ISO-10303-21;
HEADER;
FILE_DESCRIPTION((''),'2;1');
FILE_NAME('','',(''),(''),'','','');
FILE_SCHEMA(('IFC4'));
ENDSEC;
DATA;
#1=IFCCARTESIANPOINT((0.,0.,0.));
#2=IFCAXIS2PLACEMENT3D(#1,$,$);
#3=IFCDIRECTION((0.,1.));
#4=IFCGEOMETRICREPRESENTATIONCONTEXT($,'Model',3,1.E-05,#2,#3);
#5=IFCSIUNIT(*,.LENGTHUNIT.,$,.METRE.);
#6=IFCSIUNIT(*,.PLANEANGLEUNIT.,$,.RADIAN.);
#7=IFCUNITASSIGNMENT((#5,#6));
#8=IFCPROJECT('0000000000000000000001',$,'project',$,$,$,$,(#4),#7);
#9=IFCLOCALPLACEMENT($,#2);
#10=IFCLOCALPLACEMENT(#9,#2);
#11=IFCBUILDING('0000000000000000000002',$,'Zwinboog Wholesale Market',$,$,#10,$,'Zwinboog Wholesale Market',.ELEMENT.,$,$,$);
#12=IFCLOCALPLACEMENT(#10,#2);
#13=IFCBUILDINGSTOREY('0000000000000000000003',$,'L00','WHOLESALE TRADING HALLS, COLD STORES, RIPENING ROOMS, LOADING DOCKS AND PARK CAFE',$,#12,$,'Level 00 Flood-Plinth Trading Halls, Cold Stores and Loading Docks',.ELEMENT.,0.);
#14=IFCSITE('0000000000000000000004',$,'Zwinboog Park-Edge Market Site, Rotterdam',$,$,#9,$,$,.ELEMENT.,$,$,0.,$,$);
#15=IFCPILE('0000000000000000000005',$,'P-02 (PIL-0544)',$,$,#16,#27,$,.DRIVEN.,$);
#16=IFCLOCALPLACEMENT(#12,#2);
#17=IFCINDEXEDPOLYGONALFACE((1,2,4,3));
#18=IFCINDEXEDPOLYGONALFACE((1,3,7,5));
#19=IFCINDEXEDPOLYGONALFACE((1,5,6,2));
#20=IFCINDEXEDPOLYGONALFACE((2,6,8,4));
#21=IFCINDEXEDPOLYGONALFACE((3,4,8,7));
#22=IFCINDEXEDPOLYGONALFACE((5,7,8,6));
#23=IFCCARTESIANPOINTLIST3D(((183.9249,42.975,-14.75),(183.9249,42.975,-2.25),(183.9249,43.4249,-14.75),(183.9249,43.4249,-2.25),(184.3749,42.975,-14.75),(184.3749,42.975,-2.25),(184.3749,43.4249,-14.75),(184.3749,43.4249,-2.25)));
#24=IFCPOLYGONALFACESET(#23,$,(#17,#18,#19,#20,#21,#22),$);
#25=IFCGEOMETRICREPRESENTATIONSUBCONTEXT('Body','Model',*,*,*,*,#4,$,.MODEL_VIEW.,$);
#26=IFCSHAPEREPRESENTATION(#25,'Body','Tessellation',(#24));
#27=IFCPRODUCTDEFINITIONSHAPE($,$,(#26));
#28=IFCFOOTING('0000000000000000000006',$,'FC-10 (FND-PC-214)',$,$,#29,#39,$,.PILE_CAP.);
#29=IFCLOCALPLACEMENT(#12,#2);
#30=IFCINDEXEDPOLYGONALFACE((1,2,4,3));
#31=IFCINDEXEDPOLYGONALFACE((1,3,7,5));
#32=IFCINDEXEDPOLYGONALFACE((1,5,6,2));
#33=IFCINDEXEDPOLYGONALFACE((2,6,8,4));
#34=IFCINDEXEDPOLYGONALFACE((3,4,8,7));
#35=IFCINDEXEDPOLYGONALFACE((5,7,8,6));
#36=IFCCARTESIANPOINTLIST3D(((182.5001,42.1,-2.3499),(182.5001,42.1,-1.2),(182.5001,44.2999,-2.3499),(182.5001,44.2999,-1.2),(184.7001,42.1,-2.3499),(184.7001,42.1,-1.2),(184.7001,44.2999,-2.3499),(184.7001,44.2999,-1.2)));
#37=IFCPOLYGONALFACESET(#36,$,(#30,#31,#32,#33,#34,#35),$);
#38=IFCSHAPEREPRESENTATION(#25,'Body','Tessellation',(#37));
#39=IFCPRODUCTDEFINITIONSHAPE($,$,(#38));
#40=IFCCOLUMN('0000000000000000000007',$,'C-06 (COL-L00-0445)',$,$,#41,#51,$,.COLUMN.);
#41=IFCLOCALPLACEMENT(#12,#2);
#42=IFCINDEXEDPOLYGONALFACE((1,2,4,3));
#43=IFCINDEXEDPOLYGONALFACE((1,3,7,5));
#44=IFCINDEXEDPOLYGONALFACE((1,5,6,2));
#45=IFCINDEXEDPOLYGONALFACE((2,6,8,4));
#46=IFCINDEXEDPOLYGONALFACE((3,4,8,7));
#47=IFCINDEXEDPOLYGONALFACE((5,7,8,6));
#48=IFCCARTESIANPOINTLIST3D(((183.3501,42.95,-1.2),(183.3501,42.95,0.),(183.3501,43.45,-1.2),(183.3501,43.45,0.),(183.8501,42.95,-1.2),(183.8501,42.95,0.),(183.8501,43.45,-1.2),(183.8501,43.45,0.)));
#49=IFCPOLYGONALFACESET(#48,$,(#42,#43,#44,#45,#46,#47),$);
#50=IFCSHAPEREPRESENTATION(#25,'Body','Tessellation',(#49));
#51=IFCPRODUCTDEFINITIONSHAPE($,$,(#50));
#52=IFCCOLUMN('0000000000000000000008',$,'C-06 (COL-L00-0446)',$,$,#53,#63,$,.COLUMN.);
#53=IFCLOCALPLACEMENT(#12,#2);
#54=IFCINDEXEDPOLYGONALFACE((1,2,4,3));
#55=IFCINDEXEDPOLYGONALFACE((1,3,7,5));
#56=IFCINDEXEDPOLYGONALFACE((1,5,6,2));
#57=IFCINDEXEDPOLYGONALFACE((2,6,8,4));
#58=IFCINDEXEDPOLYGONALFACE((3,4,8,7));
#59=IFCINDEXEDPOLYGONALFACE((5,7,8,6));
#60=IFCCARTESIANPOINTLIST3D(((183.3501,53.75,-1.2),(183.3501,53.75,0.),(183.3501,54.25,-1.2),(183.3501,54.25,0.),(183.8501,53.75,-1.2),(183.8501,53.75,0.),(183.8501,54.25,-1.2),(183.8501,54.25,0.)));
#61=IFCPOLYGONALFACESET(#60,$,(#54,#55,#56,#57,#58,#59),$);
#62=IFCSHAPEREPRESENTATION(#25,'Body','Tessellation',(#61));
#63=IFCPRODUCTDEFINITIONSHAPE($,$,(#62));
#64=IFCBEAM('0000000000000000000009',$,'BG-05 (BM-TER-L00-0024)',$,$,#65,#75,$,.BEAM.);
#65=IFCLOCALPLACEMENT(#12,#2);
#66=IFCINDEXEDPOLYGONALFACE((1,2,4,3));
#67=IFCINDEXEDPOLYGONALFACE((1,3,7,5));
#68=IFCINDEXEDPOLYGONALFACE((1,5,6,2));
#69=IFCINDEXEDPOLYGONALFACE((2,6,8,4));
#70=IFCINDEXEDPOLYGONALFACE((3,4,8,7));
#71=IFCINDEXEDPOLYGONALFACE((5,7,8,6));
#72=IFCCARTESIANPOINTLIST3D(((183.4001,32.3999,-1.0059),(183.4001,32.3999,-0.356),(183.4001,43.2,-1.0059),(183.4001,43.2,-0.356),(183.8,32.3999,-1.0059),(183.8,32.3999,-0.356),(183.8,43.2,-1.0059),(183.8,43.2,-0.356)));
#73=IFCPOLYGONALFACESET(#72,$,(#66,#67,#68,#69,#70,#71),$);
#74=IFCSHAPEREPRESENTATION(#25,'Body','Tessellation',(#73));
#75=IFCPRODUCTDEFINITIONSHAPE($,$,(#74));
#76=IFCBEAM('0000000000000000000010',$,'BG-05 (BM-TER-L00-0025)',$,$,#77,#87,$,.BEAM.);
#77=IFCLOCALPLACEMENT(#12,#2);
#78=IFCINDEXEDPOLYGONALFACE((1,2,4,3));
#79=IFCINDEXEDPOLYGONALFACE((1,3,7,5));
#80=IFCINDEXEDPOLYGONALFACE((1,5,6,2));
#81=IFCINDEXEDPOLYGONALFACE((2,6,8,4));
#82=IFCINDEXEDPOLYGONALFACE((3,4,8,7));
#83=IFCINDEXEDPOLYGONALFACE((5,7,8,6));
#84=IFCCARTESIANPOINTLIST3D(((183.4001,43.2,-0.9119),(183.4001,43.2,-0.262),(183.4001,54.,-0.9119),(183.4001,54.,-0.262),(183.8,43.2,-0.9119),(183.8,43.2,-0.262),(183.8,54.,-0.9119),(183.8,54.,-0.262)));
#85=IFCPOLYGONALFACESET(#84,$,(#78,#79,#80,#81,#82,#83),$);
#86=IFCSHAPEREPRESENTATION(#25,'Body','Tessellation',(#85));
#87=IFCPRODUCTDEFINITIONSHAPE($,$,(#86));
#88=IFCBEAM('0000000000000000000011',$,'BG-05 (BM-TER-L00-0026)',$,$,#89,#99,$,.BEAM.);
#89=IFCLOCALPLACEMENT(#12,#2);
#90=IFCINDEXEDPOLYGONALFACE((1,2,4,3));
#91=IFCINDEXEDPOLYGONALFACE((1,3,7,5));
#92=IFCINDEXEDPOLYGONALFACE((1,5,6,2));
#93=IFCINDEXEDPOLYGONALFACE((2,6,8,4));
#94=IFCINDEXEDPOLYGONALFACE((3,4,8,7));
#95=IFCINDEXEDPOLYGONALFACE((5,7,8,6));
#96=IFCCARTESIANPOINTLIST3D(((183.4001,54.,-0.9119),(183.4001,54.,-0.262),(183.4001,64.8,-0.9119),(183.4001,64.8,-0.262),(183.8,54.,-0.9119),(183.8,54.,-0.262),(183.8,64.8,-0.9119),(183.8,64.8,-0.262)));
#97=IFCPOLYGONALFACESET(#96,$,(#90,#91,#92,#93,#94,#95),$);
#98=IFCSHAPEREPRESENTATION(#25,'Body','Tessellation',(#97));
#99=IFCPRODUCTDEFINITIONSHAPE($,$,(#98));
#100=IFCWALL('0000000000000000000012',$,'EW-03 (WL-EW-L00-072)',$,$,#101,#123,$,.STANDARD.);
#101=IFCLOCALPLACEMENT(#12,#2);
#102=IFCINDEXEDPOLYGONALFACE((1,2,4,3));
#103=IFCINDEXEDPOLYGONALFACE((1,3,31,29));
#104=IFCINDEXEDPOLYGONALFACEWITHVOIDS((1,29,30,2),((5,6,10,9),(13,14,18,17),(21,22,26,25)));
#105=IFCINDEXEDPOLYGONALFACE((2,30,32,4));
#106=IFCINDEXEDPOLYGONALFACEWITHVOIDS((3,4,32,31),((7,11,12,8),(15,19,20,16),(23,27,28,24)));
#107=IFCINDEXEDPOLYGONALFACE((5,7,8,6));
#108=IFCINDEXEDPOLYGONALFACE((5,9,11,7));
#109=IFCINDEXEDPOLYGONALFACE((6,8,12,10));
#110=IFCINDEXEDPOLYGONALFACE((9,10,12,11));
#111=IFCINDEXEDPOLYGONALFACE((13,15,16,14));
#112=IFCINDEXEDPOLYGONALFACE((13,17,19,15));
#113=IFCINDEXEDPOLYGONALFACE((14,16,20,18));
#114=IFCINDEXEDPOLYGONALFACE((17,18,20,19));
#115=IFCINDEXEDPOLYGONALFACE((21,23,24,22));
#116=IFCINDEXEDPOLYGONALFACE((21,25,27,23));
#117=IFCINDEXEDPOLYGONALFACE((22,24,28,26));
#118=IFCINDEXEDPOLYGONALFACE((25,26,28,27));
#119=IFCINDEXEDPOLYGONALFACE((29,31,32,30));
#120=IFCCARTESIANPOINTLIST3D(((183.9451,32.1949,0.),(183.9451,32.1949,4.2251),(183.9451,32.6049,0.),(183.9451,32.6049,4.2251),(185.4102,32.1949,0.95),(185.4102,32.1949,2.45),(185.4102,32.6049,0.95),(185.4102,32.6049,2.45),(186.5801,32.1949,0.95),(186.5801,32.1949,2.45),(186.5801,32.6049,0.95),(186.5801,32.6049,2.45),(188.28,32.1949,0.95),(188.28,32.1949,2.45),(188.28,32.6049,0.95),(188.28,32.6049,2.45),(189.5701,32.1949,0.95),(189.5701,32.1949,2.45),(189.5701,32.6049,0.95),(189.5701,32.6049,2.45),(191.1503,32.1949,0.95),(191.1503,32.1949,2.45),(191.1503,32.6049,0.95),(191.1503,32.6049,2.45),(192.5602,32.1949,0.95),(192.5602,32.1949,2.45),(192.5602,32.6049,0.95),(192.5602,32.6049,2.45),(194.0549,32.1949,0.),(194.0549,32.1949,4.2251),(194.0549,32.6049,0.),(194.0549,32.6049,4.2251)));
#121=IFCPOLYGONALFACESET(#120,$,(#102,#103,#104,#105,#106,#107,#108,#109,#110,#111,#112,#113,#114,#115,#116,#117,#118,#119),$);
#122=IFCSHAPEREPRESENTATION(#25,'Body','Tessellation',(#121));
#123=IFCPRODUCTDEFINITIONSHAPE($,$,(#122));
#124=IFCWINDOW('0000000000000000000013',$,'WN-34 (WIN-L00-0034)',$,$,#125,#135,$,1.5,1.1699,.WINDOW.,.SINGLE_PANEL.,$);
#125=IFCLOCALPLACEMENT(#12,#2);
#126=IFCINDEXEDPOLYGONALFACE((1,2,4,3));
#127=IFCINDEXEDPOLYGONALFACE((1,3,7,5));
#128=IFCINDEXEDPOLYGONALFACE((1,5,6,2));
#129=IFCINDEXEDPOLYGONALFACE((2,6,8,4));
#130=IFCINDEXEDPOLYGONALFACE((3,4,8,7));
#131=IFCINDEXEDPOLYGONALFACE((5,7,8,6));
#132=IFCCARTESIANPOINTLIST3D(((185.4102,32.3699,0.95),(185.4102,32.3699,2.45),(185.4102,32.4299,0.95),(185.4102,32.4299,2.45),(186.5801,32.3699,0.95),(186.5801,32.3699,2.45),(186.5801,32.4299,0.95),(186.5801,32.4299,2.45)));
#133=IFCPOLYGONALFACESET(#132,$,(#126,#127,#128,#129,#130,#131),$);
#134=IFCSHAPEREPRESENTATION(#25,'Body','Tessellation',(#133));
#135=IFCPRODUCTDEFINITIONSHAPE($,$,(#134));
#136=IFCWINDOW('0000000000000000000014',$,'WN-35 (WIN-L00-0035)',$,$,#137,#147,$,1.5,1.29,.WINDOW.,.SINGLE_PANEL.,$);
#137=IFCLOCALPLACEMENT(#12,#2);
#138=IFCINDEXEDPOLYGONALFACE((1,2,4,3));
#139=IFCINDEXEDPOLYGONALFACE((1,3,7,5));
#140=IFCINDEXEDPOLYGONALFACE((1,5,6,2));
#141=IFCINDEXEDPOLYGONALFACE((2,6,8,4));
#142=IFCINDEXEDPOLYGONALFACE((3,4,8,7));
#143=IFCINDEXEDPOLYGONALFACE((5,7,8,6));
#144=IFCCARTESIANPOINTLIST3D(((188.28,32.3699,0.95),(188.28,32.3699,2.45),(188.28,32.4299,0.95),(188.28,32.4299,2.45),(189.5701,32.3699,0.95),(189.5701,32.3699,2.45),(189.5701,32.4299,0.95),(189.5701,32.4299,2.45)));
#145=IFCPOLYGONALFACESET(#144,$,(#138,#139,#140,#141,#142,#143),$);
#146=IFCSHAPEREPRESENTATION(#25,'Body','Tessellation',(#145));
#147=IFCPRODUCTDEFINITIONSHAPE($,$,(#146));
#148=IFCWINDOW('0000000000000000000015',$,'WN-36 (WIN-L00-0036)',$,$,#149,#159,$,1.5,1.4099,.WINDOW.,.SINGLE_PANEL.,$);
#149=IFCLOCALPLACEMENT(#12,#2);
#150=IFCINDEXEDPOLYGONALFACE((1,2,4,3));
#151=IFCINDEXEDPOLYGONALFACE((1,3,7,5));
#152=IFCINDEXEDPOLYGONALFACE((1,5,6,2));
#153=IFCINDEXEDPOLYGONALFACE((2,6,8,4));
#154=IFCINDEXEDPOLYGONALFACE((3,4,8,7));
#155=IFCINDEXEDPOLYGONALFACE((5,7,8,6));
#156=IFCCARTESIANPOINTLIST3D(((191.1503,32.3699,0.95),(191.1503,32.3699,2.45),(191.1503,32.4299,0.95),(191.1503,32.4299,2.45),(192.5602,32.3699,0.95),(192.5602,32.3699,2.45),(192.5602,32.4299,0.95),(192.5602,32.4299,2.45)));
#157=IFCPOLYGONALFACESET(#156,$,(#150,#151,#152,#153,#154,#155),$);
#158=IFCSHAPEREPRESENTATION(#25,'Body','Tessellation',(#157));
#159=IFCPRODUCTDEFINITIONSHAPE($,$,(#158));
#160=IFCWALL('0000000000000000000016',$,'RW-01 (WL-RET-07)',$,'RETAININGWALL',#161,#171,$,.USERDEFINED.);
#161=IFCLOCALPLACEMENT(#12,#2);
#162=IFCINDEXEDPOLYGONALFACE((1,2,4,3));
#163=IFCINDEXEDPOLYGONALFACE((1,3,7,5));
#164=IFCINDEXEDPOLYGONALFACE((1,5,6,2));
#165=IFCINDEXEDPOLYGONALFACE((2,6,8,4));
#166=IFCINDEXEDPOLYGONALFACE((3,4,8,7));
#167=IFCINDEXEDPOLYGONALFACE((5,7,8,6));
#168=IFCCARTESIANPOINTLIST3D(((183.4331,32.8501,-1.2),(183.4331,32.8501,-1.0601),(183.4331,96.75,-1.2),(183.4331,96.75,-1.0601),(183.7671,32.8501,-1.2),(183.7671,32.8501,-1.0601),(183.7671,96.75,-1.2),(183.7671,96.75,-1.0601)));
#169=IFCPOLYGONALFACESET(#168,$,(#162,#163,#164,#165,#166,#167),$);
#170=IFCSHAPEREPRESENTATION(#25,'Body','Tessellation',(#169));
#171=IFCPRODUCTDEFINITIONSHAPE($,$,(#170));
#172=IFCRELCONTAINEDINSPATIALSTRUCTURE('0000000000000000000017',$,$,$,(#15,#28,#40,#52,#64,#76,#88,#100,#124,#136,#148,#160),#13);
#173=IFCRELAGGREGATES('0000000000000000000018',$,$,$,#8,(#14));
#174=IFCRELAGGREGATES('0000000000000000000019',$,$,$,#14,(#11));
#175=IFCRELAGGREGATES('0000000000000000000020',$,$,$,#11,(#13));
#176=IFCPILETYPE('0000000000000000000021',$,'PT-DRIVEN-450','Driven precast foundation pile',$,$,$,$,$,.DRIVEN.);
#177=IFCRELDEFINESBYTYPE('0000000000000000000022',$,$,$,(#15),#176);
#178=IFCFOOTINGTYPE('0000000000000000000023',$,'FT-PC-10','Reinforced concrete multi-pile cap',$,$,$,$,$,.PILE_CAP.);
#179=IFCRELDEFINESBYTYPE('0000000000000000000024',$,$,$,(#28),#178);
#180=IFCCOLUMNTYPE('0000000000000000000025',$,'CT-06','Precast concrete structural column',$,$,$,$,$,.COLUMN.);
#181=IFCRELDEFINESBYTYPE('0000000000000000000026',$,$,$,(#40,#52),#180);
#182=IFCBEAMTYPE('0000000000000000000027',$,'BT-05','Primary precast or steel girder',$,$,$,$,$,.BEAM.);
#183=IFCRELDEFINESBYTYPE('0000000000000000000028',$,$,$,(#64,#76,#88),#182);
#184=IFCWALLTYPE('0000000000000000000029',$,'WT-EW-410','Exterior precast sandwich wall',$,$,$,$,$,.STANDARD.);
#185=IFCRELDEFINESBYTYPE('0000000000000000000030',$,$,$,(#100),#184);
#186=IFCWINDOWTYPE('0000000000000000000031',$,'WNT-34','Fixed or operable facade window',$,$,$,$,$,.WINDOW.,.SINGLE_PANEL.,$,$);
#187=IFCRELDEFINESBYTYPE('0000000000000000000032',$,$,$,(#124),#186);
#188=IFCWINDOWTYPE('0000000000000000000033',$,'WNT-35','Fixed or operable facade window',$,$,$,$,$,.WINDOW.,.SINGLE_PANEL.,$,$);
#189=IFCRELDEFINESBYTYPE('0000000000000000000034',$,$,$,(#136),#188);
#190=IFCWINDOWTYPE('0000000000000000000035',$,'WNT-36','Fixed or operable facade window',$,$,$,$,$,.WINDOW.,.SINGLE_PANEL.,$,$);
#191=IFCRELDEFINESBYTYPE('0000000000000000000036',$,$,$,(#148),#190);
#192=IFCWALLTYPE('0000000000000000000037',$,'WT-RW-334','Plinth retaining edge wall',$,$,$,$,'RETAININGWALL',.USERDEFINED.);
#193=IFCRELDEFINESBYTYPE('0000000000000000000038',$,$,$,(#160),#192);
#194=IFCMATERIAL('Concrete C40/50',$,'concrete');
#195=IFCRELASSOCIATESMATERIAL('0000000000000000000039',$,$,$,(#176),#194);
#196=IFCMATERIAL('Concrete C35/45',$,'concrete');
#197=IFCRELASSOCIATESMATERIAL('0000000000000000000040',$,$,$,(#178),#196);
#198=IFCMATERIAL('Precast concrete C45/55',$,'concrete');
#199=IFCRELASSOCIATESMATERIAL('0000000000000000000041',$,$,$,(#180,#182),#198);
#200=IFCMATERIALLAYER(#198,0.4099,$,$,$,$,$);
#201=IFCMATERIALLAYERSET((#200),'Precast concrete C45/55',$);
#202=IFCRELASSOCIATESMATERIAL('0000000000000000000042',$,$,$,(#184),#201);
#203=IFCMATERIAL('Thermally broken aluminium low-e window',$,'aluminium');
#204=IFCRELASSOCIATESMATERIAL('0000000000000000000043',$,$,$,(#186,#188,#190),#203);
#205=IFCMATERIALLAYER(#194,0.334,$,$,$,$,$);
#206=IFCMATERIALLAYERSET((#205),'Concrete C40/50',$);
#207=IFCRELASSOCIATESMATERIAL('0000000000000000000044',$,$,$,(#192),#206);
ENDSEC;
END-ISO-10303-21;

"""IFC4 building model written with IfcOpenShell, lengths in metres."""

from ifc_helpers import new_model, si_unit, direction, frame, frame_2d, origin, origin_2d, place, context, subcontext, project, spatial, rectangle, extrude, material, layer, layer_set, material_profile, profile_set, type_object, element, fill, save


model = new_model("IFC4")

# Units and contexts
model_context = context("Model", 3, precision=1e-05, world=origin(), true_north=direction((0.0, 1.0)))
body_context = subcontext(model_context, "Body", "Model", "MODEL_VIEW")
ifc_project = project(units=[si_unit("LENGTHUNIT", "METRE"), si_unit("PLANEANGLEUNIT", "RADIAN")], contexts=[model_context])

# Site, building, storey
site_placement = place(None, origin())
site = spatial("IfcSite", under=ifc_project, at=site_placement, Name="Zwinboog Park-Edge Market Site, Rotterdam", CompositionType="ELEMENT", RefElevation=0.0)
building_placement = place(site_placement, origin())
building = spatial("IfcBuilding", under=site, at=building_placement, Name="Zwinboog Wholesale Market", LongName="Zwinboog Wholesale Market", CompositionType="ELEMENT")
storey_placement = place(building_placement, origin())
storey = spatial("IfcBuildingStorey", under=building, at=storey_placement, Name="L00", Description="WHOLESALE TRADING HALLS, COLD STORES, RIPENING ROOMS, LOADING DOCKS AND PARK CAFE", LongName="Level 00 Flood-Plinth Trading Halls, Cold Stores and Loading Docks", CompositionType="ELEMENT", Elevation=0.0)

# Pile
ifc_material_1 = material(Name="Concrete C40/50", Category="concrete")
ifc_material_profile_1 = material_profile(ifc_material_1, rectangle(XDim=0.45, YDim=0.45, at=origin_2d()), Name="PILE SQ450")
ifc_profile_set_1 = profile_set([ifc_material_profile_1], Name="Concrete C40/50")
pile_type_1 = type_object("IfcPileType", Name="PT-DRIVEN-450", Description="Driven precast foundation pile", PredefinedType="DRIVEN", material=ifc_profile_set_1)
for number, where, z_axis, x_axis, name in (
    (1, (184.1499, 43.2, -2.25), (0.0, 0.0, -1.0), (1.0, 0.0, 0.0), "P-02 (PIL-0544)"),
):
    element("IfcPile", number, at=place(storey_placement, frame(where, z_axis=z_axis, x_axis=x_axis)), inside=storey, type_object=pile_type_1, Name=name, PredefinedType="DRIVEN", context=body_context, shape_type="SweptSolid", body=[
        extrude(rectangle(XDim=0.45, YDim=0.45, at=origin_2d()), origin(), (0.0, 0.0, 1.0), 12.5),
    ])

# Footing
ifc_material_2 = material(Name="Concrete C35/45", Category="concrete")
footing_type = type_object("IfcFootingType", Name="FT-PC-10", Description="Reinforced concrete multi-pile cap", PredefinedType="PILE_CAP", material=ifc_material_2)
footing_placement = place(storey_placement, frame((183.6001, 43.2, -2.3499), z_axis=(0.0, 0.0, 1.0), x_axis=(1.0, 0.0, 0.0)))
element("IfcFooting", 2, at=footing_placement, inside=storey, type_object=footing_type, Name="FC-10 (FND-PC-214)", PredefinedType="PILE_CAP", context=body_context, shape_type="SweptSolid", body=[
    extrude(rectangle(XDim=2.2, YDim=2.2, at=origin_2d()), origin(), (0.0, 0.0, 1.0), 1.1499),
])

# Columns
ifc_material_3 = material(Name="Precast concrete C45/55", Category="concrete")
ifc_material_profile_2 = material_profile(ifc_material_3, rectangle(XDim=0.5, YDim=0.5, at=origin_2d()), Name="PC 500x500")
ifc_profile_set_2 = profile_set([ifc_material_profile_2], Name="Precast concrete C45/55")
column_type = type_object("IfcColumnType", Name="CT-06", Description="Precast concrete structural column", PredefinedType="COLUMN", material=ifc_profile_set_2)
for number, where, z_axis, x_axis, name in (
    (3, (183.6001, 43.2, -1.2), (0.0, 0.0, 1.0), (1.0, 0.0, 0.0), "C-06 (COL-L00-0445)"),
    (4, (183.6001, 54.0, -1.2), (0.0, 0.0, 1.0), (1.0, 0.0, 0.0), "C-06 (COL-L00-0446)"),
):
    element("IfcColumn", number, at=place(storey_placement, frame(where, z_axis=z_axis, x_axis=x_axis)), inside=storey, type_object=column_type, Name=name, PredefinedType="COLUMN", context=body_context, shape_type="SweptSolid", body=[
        extrude(rectangle(XDim=0.5, YDim=0.5, at=origin_2d()), origin(), (0.0, 0.0, 1.0), 1.2),
    ])

# Beams
ifc_material_profile_3 = material_profile(ifc_material_3, rectangle(XDim=0.3999, YDim=0.6499, at=origin_2d()), Name="PC 400x650")
ifc_profile_set_3 = profile_set([ifc_material_profile_3], Name="Precast concrete C45/55")
beam_type = type_object("IfcBeamType", Name="BT-05", Description="Primary precast or steel girder", PredefinedType="BEAM", material=ifc_profile_set_3)
for number, where, z_axis, x_axis, name in (
    (5, (183.6001, 32.3999, -0.6809), (0.0, 1.0, 0.0), (-1.0, 0.0, 0.0), "BG-05 (BM-TER-L00-0024)"),
    (6, (183.6001, 43.2, -0.5869), (0.0, 1.0, 0.0), (-1.0, 0.0, 0.0), "BG-05 (BM-TER-L00-0025)"),
    (7, (183.6001, 54.0, -0.5869), (0.0, 1.0, 0.0), (-1.0, 0.0, 0.0), "BG-05 (BM-TER-L00-0026)"),
):
    element("IfcBeam", number, at=place(storey_placement, frame(where, z_axis=z_axis, x_axis=x_axis)), inside=storey, type_object=beam_type, Name=name, PredefinedType="BEAM", context=body_context, shape_type="SweptSolid", body=[
        extrude(rectangle(XDim=0.3999, YDim=0.6499, at=origin_2d()), origin(), (0.0, 0.0, 1.0), 10.8),
    ])

# Wall, openings, windows
ifc_layer_1 = layer(ifc_material_3, 0.4099)
ifc_layer_set_1 = layer_set([ifc_layer_1], Name="Precast concrete C45/55")
wall_type_1 = type_object("IfcWallType", Name="WT-EW-410", Description="Exterior precast sandwich wall", PredefinedType="STANDARD", material=ifc_layer_set_1)
wall_1_placement = place(storey_placement, frame((183.9451, 32.3999, 0.0), z_axis=(0.0, 0.0, 1.0), x_axis=(1.0, 0.0, 0.0)))
wall_1 = element("IfcWall", 8, at=wall_1_placement, inside=storey, type_object=wall_type_1, Name="EW-03 (WL-EW-L00-072)", PredefinedType="STANDARD", context=body_context, shape_type="SweptSolid", body=[
    extrude(rectangle(XDim=10.1099, YDim=0.4099, at=frame_2d((5.0549, 0.0))), origin(), (0.0, 0.0, 1.0), 4.2251),
])
opening_1_placement = place(wall_1_placement, frame((1.4651, 0.0, 0.95)))
opening_1 = element("IfcOpeningElement", 9, at=opening_1_placement, cuts=wall_1, PredefinedType="OPENING", context=body_context, shape_type="SweptSolid", body=[
    extrude(rectangle(XDim=1.1699, YDim=1.5, at=frame_2d((0.585, 0.75))), frame((0.0, 0.2148, 0.0), z_axis=(0.0, -1.0, 0.0), x_axis=(1.0, 0.0, 0.0)), (0.0, 0.0, 1.0), 0.4299),
])
opening_2_placement = place(wall_1_placement, frame((4.335, 0.0, 0.95)))
opening_2 = element("IfcOpeningElement", 10, at=opening_2_placement, cuts=wall_1, PredefinedType="OPENING", context=body_context, shape_type="SweptSolid", body=[
    extrude(rectangle(XDim=1.29, YDim=1.5, at=frame_2d((0.645, 0.75))), frame((0.0, 0.2148, 0.0), z_axis=(0.0, -1.0, 0.0), x_axis=(1.0, 0.0, 0.0)), (0.0, 0.0, 1.0), 0.4299),
])
opening_3_placement = place(wall_1_placement, frame((7.2051, 0.0, 0.95)))
opening_3 = element("IfcOpeningElement", 11, at=opening_3_placement, cuts=wall_1, PredefinedType="OPENING", context=body_context, shape_type="SweptSolid", body=[
    extrude(rectangle(XDim=1.4099, YDim=1.5, at=frame_2d((0.7051, 0.75))), frame((0.0, 0.2148, 0.0), z_axis=(0.0, -1.0, 0.0), x_axis=(1.0, 0.0, 0.0)), (0.0, 0.0, 1.0), 0.4299),
])
ifc_material_4 = material(Name="Thermally broken aluminium low-e window", Category="aluminium")
window_type_1 = type_object("IfcWindowType", Name="WNT-34", Description="Fixed or operable facade window", PartitioningType="SINGLE_PANEL", PredefinedType="WINDOW", material=ifc_material_4)
window_1_placement = place(opening_1_placement, origin())
window_1 = element("IfcWindow", 12, at=window_1_placement, inside=storey, type_object=window_type_1, Name="WN-34 (WIN-L00-0034)", OverallHeight=1.5, OverallWidth=1.1699, PartitioningType="SINGLE_PANEL", PredefinedType="WINDOW", context=body_context, shape_type="SweptSolid", body=[
    extrude(rectangle(XDim=1.1699, YDim=1.5, at=frame_2d((0.585, 0.75))), frame((0.0, 0.03, 0.0), z_axis=(0.0, -1.0, 0.0), x_axis=(1.0, 0.0, 0.0)), (0.0, 0.0, 1.0), 0.0601),
])
fill(opening_1, window_1)
window_type_2 = type_object("IfcWindowType", Name="WNT-35", Description="Fixed or operable facade window", PartitioningType="SINGLE_PANEL", PredefinedType="WINDOW", material=ifc_material_4)
window_2_placement = place(opening_2_placement, origin())
window_2 = element("IfcWindow", 13, at=window_2_placement, inside=storey, type_object=window_type_2, Name="WN-35 (WIN-L00-0035)", OverallHeight=1.5, OverallWidth=1.29, PartitioningType="SINGLE_PANEL", PredefinedType="WINDOW", context=body_context, shape_type="SweptSolid", body=[
    extrude(rectangle(XDim=1.29, YDim=1.5, at=frame_2d((0.645, 0.75))), frame((0.0, 0.03, 0.0), z_axis=(0.0, -1.0, 0.0), x_axis=(1.0, 0.0, 0.0)), (0.0, 0.0, 1.0), 0.0601),
])
fill(opening_2, window_2)
window_type_3 = type_object("IfcWindowType", Name="WNT-36", Description="Fixed or operable facade window", PartitioningType="SINGLE_PANEL", PredefinedType="WINDOW", material=ifc_material_4)
window_3_placement = place(opening_3_placement, origin())
window_3 = element("IfcWindow", 14, at=window_3_placement, inside=storey, type_object=window_type_3, Name="WN-36 (WIN-L00-0036)", OverallHeight=1.5, OverallWidth=1.4099, PartitioningType="SINGLE_PANEL", PredefinedType="WINDOW", context=body_context, shape_type="SweptSolid", body=[
    extrude(rectangle(XDim=1.4099, YDim=1.5, at=frame_2d((0.7051, 0.75))), frame((0.0, 0.03, 0.0), z_axis=(0.0, -1.0, 0.0), x_axis=(1.0, 0.0, 0.0)), (0.0, 0.0, 1.0), 0.0601),
])
fill(opening_3, window_3)

# Wall
ifc_layer_2 = layer(ifc_material_1, 0.334)
ifc_layer_set_2 = layer_set([ifc_layer_2], Name="Concrete C40/50")
wall_type_2 = type_object("IfcWallType", Name="WT-RW-334", Description="Plinth retaining edge wall", ElementType="RETAININGWALL", PredefinedType="USERDEFINED", material=ifc_layer_set_2)
wall_2_placement = place(storey_placement, frame((183.6001, 32.8501, -1.2), z_axis=(0.0, 0.0, 1.0), x_axis=(0.0, 1.0, 0.0)))
element("IfcWall", 15, at=wall_2_placement, inside=storey, type_object=wall_type_2, Name="RW-01 (WL-RET-07)", ObjectType="RETAININGWALL", PredefinedType="USERDEFINED", context=body_context, shape_type="SweptSolid", body=[
    extrude(rectangle(XDim=63.8999, YDim=0.334, at=frame_2d((31.95, 0.0))), origin(), (0.0, 0.0, 1.0), 0.1399),
])

save(model, "model.ifc")
